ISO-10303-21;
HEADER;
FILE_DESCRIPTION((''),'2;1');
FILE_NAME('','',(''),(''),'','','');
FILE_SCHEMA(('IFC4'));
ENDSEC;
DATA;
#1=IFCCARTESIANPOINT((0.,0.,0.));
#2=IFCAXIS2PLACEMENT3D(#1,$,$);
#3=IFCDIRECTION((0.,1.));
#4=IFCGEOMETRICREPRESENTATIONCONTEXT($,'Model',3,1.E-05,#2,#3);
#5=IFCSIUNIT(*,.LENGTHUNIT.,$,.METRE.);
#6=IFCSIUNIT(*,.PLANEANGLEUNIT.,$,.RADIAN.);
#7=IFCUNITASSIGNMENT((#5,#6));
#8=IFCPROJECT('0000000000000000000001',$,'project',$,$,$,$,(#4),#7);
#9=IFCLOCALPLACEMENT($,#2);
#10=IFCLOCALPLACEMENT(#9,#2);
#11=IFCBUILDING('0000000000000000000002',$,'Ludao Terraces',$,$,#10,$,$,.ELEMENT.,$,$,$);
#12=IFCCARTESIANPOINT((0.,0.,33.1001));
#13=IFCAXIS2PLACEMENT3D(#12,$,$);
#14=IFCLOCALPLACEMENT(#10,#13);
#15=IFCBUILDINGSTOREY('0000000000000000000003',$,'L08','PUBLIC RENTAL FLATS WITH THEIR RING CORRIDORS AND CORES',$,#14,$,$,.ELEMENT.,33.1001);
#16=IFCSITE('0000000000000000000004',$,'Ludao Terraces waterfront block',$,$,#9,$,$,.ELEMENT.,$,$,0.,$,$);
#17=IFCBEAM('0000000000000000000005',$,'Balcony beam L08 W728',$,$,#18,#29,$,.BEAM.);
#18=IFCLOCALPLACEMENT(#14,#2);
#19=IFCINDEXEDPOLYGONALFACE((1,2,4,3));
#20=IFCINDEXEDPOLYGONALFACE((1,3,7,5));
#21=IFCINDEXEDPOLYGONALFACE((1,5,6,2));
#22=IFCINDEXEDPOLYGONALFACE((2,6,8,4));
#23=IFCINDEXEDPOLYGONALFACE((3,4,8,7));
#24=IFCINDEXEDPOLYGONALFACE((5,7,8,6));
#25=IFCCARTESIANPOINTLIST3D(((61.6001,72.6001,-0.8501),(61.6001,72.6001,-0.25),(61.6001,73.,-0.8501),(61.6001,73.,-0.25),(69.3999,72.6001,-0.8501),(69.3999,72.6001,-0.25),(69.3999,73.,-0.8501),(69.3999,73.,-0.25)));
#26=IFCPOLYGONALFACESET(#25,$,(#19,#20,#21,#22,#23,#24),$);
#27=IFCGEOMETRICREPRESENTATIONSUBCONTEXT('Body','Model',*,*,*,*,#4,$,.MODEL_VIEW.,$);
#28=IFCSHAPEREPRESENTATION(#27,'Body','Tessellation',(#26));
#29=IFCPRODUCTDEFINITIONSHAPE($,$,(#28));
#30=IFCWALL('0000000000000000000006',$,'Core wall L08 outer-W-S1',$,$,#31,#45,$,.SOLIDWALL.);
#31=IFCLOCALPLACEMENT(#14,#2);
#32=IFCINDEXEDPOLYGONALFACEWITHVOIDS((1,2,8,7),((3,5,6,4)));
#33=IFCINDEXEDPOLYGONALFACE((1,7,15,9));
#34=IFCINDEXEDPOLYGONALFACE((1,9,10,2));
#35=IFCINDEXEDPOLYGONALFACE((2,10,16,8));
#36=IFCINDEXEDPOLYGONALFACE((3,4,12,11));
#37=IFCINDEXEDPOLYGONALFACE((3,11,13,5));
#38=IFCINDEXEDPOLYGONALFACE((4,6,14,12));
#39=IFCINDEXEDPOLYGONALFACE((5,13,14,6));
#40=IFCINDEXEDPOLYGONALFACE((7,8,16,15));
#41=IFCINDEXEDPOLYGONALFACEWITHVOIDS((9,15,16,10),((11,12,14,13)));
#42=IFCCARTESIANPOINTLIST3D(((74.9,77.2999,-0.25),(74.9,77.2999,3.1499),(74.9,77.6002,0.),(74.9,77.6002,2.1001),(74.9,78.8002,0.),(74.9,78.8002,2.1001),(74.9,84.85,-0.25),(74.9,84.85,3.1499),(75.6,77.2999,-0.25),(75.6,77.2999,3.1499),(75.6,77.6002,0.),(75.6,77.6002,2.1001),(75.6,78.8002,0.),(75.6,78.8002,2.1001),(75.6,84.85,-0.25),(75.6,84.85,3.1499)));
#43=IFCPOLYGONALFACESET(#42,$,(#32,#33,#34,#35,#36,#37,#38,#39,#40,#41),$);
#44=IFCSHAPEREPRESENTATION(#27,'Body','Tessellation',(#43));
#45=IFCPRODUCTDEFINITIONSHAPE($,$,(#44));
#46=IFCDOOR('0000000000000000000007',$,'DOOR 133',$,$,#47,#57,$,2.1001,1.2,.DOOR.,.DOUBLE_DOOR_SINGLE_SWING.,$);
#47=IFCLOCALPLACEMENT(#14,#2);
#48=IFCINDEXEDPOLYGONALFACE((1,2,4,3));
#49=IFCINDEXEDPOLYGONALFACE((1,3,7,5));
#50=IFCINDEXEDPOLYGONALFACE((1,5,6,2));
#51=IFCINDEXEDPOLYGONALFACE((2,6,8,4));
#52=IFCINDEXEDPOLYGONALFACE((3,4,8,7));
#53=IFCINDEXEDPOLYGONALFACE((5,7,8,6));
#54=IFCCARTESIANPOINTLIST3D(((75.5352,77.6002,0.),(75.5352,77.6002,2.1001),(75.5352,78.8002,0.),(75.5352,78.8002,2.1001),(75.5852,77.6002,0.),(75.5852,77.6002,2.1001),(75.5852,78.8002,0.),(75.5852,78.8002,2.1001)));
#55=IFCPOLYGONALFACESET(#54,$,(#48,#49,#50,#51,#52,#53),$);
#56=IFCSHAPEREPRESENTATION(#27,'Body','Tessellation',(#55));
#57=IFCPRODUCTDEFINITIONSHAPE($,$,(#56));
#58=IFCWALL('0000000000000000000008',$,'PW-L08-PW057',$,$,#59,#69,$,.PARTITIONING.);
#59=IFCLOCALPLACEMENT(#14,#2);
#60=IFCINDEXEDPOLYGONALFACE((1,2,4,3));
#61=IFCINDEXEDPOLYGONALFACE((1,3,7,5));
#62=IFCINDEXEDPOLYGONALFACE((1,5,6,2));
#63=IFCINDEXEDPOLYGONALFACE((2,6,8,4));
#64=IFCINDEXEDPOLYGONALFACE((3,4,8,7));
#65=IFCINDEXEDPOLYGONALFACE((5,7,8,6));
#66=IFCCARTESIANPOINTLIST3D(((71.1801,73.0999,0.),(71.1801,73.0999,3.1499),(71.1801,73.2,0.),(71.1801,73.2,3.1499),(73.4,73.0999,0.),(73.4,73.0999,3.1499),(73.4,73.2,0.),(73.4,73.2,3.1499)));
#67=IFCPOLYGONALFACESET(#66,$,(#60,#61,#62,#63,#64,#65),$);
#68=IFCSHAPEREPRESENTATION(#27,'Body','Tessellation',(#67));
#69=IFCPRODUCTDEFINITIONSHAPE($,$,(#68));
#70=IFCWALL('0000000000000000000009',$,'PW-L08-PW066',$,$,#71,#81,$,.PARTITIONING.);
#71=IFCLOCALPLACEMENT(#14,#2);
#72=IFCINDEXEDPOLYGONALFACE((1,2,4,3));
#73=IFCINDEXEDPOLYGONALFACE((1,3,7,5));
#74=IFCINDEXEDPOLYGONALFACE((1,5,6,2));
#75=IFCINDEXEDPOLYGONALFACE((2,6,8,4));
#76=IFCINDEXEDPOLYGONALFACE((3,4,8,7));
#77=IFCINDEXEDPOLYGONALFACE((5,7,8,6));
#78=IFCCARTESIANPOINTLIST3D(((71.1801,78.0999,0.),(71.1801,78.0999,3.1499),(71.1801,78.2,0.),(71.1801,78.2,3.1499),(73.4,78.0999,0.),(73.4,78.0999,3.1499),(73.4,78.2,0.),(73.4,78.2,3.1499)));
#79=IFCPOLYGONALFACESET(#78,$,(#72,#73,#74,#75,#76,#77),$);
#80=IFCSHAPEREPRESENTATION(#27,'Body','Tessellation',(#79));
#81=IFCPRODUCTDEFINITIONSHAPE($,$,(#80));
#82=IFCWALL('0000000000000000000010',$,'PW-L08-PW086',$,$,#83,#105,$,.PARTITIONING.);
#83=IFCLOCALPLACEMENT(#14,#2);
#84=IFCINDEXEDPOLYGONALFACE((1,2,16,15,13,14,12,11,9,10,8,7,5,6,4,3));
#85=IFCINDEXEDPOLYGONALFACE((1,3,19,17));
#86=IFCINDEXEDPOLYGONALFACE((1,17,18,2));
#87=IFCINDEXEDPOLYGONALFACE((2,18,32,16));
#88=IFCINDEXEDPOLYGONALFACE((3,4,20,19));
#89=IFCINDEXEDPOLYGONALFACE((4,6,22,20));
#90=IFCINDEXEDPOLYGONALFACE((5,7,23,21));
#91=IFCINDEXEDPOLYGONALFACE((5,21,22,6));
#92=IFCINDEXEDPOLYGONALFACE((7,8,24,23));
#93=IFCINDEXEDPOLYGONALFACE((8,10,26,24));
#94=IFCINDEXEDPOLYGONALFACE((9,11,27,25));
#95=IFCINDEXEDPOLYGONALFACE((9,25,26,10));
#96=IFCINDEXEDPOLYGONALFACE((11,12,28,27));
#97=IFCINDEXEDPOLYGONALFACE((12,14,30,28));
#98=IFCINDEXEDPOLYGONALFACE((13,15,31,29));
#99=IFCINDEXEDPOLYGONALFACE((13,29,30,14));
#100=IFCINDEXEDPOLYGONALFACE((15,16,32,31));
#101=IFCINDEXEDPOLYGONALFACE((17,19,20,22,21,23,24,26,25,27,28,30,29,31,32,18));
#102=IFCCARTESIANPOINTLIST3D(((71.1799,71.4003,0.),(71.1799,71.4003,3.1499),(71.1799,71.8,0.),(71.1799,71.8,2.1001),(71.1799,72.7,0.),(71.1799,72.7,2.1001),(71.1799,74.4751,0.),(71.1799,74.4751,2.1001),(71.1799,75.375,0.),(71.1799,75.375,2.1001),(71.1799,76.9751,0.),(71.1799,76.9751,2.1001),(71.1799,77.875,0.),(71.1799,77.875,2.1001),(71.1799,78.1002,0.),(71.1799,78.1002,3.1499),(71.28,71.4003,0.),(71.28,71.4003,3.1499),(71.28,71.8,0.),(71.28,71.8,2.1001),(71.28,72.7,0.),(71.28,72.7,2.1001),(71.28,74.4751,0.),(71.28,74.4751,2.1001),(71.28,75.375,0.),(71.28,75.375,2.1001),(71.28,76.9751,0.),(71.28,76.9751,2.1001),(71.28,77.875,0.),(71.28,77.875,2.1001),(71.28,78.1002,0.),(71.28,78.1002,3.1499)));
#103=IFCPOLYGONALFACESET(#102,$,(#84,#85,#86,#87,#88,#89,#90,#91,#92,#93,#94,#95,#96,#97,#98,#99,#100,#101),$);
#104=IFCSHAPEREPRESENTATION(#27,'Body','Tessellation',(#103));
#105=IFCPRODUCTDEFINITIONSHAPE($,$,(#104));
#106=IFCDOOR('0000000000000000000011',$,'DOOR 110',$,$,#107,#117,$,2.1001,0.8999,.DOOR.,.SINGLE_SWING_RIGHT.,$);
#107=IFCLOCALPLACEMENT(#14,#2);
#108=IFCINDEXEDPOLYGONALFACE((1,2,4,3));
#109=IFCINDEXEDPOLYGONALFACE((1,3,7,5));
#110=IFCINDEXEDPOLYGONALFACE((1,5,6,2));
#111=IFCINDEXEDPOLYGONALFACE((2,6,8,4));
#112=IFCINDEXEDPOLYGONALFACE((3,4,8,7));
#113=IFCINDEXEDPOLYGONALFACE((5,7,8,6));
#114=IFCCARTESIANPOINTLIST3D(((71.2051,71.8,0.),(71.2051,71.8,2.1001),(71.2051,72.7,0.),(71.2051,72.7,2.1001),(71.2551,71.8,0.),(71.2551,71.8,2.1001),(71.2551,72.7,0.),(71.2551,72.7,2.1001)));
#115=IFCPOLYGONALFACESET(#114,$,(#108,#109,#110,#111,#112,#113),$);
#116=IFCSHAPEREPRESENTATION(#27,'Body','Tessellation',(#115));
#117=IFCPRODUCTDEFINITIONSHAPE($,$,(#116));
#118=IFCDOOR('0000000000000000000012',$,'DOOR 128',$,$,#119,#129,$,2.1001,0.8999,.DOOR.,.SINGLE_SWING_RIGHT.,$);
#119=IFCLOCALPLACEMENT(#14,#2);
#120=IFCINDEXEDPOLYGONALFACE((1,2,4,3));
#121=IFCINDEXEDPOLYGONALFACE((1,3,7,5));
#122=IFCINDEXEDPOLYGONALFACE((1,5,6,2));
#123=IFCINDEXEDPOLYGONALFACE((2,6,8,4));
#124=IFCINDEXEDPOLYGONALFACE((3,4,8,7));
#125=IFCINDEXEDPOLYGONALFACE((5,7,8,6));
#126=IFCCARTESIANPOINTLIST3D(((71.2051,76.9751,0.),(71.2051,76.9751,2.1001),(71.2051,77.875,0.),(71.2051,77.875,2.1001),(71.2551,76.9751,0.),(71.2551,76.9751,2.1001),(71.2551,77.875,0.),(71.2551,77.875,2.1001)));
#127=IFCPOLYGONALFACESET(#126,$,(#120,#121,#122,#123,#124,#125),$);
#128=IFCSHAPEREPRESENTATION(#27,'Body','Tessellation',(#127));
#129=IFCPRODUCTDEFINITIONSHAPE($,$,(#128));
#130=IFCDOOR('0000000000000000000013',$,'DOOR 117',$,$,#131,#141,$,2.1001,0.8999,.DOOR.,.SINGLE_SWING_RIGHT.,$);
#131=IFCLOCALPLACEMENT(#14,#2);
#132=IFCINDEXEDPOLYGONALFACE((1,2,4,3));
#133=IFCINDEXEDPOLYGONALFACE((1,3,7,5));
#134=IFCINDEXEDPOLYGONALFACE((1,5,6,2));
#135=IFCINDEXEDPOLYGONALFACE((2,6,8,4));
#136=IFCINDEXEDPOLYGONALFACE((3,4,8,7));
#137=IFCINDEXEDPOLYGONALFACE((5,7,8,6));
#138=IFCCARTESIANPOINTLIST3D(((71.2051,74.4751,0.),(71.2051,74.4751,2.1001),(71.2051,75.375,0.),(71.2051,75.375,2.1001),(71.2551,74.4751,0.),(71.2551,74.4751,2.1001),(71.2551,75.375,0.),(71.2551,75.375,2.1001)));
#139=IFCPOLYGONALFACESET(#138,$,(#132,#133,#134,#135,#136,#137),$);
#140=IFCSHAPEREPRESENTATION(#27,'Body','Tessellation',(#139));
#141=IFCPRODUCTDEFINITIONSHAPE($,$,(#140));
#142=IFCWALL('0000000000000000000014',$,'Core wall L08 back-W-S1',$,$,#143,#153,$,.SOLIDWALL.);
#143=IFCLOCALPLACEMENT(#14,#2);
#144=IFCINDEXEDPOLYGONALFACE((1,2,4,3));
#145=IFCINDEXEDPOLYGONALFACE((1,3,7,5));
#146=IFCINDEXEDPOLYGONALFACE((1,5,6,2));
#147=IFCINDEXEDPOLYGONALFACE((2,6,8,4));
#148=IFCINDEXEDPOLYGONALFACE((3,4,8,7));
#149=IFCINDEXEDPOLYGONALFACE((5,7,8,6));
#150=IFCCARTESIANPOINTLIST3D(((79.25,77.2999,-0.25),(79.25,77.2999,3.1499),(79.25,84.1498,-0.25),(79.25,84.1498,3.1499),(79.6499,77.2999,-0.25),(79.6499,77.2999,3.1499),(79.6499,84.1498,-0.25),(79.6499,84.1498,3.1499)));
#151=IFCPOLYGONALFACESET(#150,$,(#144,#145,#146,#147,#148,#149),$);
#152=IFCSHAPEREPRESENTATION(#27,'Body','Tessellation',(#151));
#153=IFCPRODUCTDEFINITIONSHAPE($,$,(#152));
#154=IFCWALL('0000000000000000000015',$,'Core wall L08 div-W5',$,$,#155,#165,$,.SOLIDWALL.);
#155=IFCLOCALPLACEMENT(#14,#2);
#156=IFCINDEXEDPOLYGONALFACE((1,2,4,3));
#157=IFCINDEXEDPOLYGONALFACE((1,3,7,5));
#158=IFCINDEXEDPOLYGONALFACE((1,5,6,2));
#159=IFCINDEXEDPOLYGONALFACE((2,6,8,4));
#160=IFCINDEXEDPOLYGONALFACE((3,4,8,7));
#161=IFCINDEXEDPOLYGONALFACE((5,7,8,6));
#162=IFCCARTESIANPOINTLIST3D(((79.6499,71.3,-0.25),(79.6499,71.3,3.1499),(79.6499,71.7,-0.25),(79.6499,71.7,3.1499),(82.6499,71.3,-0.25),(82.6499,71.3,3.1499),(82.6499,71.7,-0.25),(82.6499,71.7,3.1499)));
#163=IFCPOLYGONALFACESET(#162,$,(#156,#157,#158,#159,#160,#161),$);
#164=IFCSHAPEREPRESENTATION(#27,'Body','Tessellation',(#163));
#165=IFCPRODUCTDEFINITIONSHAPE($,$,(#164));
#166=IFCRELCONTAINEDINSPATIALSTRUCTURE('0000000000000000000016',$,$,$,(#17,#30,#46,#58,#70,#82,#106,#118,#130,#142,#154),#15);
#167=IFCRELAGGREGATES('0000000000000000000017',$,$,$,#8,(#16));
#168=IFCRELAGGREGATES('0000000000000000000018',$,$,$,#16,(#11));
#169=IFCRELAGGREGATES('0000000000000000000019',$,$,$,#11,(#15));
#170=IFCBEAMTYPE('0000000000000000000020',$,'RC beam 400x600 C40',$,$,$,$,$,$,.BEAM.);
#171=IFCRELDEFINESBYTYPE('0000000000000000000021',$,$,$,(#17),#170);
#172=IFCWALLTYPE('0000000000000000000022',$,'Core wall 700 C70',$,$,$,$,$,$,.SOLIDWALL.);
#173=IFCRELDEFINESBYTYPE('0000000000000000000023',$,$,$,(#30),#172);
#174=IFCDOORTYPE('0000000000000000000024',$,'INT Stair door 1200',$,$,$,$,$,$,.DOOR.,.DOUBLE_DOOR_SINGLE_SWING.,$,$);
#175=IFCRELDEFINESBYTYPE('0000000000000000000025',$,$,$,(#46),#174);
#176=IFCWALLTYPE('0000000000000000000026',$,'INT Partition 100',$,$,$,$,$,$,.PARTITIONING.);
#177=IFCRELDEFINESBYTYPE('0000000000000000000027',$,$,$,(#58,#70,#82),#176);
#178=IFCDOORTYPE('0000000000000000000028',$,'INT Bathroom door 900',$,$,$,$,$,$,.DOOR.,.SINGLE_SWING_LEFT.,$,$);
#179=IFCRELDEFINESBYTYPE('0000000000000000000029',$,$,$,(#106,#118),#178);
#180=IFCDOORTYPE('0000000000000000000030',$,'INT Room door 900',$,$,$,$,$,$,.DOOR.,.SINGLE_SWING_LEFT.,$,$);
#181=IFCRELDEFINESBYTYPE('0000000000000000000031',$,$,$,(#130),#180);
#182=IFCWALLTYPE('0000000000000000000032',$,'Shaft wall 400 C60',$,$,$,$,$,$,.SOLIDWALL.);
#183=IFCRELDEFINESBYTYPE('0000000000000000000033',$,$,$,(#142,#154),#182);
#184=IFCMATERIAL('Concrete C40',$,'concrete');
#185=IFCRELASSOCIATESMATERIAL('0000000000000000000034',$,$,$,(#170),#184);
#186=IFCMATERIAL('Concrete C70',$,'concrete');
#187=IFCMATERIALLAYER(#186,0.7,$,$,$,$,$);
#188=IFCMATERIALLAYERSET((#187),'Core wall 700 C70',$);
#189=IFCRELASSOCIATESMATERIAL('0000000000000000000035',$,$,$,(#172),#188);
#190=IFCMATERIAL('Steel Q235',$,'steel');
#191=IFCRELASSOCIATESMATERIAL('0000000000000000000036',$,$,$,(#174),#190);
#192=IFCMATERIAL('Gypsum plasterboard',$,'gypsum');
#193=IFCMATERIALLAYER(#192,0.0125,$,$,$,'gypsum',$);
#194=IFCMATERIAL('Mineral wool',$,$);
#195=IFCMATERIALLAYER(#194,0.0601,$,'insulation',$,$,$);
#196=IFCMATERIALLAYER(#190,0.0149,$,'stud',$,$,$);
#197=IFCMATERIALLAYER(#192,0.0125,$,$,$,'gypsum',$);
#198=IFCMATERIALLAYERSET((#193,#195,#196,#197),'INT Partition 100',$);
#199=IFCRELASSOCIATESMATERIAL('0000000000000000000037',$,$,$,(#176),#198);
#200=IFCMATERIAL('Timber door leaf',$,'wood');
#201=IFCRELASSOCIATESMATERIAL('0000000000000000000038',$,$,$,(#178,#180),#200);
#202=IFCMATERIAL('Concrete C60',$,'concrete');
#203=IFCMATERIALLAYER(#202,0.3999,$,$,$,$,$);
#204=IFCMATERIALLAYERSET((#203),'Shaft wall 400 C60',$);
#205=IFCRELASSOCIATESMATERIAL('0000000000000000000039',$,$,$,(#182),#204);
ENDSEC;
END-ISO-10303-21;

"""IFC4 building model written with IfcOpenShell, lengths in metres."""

from ifc_helpers import new_model, si_unit, direction, frame, frame_2d, origin, origin_2d, place, context, subcontext, project, spatial, rectangle, extrude, material, layer, layer_set, material_profile, profile_set, type_object, element, fill, save


model = new_model("IFC4")

# Units and contexts
model_context = context("Model", 3, precision=1e-05, world=origin(), true_north=direction((0.0, 1.0)))
body_context = subcontext(model_context, "Body", "Model", "MODEL_VIEW")
ifc_project = project(units=[si_unit("LENGTHUNIT", "METRE"), si_unit("PLANEANGLEUNIT", "RADIAN")], contexts=[model_context])

# Site, building, storey
site_placement = place(None, origin())
site = spatial("IfcSite", under=ifc_project, at=site_placement, Name="Ludao Terraces waterfront block", CompositionType="ELEMENT", RefElevation=0.0)
building_placement = place(site_placement, origin())
building = spatial("IfcBuilding", under=site, at=building_placement, Name="Ludao Terraces", CompositionType="ELEMENT")
storey_placement = place(building_placement, frame((0.0, 0.0, 33.1001)))
storey = spatial("IfcBuildingStorey", under=building, at=storey_placement, Name="L08", Description="PUBLIC RENTAL FLATS WITH THEIR RING CORRIDORS AND CORES", CompositionType="ELEMENT", Elevation=33.1001)

# Beam
ifc_material_1 = material(Name="Concrete C40", Category="concrete")
ifc_material_profile = material_profile(ifc_material_1, rectangle(XDim=0.3999, YDim=0.6001, at=origin_2d()), Name="400 X 600")
ifc_profile_set = profile_set([ifc_material_profile], Name="Concrete C40")
beam_type = type_object("IfcBeamType", Name="RC beam 400x600 C40", PredefinedType="BEAM", material=ifc_profile_set)
beam_placement = place(storey_placement, frame((69.3999, 72.8, -0.55), z_axis=(-1.0, 0.0, 0.0), x_axis=(0.0, -1.0, 0.0)))
element("IfcBeam", 1, at=beam_placement, inside=storey, type_object=beam_type, Name="Balcony beam L08 W728", PredefinedType="BEAM", context=body_context, shape_type="SweptSolid", body=[
    extrude(rectangle(XDim=0.3999, YDim=0.6001, at=origin_2d()), origin(), (0.0, 0.0, 1.0), 7.7998),
])

# Wall, opening, door
ifc_material_2 = material(Name="Concrete C70", Category="concrete")
ifc_layer_1 = layer(ifc_material_2, 0.7)
ifc_layer_set_1 = layer_set([ifc_layer_1], Name="Core wall 700 C70")
wall_type_1 = type_object("IfcWallType", Name="Core wall 700 C70", PredefinedType="SOLIDWALL", material=ifc_layer_set_1)
wall_1_placement = place(storey_placement, frame((75.25, 77.3, -0.25), z_axis=(0.0, 0.0, 1.0), x_axis=(0.0, 1.0, 0.0)))
wall_1 = element("IfcWall", 2, at=wall_1_placement, inside=storey, type_object=wall_type_1, Name="Core wall L08 outer-W-S1", PredefinedType="SOLIDWALL", context=body_context, shape_type="SweptSolid", body=[
    extrude(rectangle(XDim=7.55, YDim=0.7, at=frame_2d((3.7749, 0.0))), origin(), (0.0, 0.0, 1.0), 3.3999),
])
opening_1_placement = place(wall_1_placement, frame((0.3, 0.0, 0.25)))
opening_1 = element("IfcOpeningElement", 3, at=opening_1_placement, cuts=wall_1, PredefinedType="OPENING", context=body_context, shape_type="SweptSolid", body=[
    extrude(rectangle(XDim=1.2, YDim=2.1001, at=frame_2d((0.6001, 1.05))), frame((0.0, 0.3599, 0.0), z_axis=(0.0, -1.0, 0.0), x_axis=(1.0, 0.0, 0.0)), (0.0, 0.0, 1.0), 0.72),
])
ifc_material_3 = material(Name="Steel Q235", Category="steel")
door_type_1 = type_object("IfcDoorType", Name="INT Stair door 1200", OperationType="DOUBLE_DOOR_SINGLE_SWING", PredefinedType="DOOR", material=ifc_material_3)
door_1_placement = place(opening_1_placement, origin())
door_1 = element("IfcDoor", 4, at=door_1_placement, inside=storey, type_object=door_type_1, Name="DOOR 133", OperationType="DOUBLE_DOOR_SINGLE_SWING", OverallHeight=2.1001, OverallWidth=1.2, PredefinedType="DOOR", context=body_context, shape_type="SweptSolid", body=[
    extrude(rectangle(XDim=1.2, YDim=2.1001, at=frame_2d((0.6001, 1.05))), frame((0.0, -0.2852, 0.0), z_axis=(0.0, -1.0, 0.0), x_axis=(1.0, 0.0, 0.0)), (0.0, 0.0, 1.0), 0.05),
])
fill(opening_1, door_1)

# Walls
ifc_material_4 = material(Name="Gypsum plasterboard", Category="gypsum")
ifc_layer_2 = layer(ifc_material_4, 0.0125, Category="gypsum")
ifc_material_5 = material(Name="Mineral wool")
ifc_layer_3 = layer(ifc_material_5, 0.0601, Name="insulation")
ifc_layer_4 = layer(ifc_material_3, 0.0149, Name="stud")
ifc_layer_5 = layer(ifc_material_4, 0.0125, Category="gypsum")
ifc_layer_set_2 = layer_set([ifc_layer_2, ifc_layer_3, ifc_layer_4, ifc_layer_5], Name="INT Partition 100")
wall_type_2 = type_object("IfcWallType", Name="INT Partition 100", PredefinedType="PARTITIONING", material=ifc_layer_set_2)
for number, where, z_axis, x_axis, name in (
    (5, (71.1802, 73.1499, 0.0), (0.0, 0.0, 1.0), (1.0, 0.0, 0.0), "PW-L08-PW057"),
    (6, (71.1802, 78.1499, 0.0), (0.0, 0.0, 1.0), (1.0, 0.0, 0.0), "PW-L08-PW066"),
):
    element("IfcWall", number, at=place(storey_placement, frame(where, z_axis=z_axis, x_axis=x_axis)), inside=storey, type_object=wall_type_2, Name=name, PredefinedType="PARTITIONING", context=body_context, shape_type="SweptSolid", body=[
        extrude(rectangle(XDim=2.22, YDim=0.1001, at=frame_2d((1.1099, 0.0))), origin(), (0.0, 0.0, 1.0), 3.1499),
    ])

# Wall, openings, doors
wall_2_placement = place(storey_placement, frame((71.23, 71.4001, 0.0), z_axis=(0.0, 0.0, 1.0), x_axis=(0.0, 1.0, 0.0)))
wall_2 = element("IfcWall", 7, at=wall_2_placement, inside=storey, type_object=wall_type_2, Name="PW-L08-PW086", PredefinedType="PARTITIONING", context=body_context, shape_type="SweptSolid", body=[
    extrude(rectangle(XDim=6.7, YDim=0.1001, at=frame_2d((3.3501, 0.0))), origin(), (0.0, 0.0, 1.0), 3.1499),
])
opening_2_placement = place(wall_2_placement, frame((0.3999, 0.0, 0.0)))
opening_2 = element("IfcOpeningElement", 8, at=opening_2_placement, cuts=wall_2, PredefinedType="OPENING", context=body_context, shape_type="SweptSolid", body=[
    extrude(rectangle(XDim=0.8999, YDim=2.1001, at=frame_2d((0.45, 1.05))), frame((0.0, 0.0601, 0.0), z_axis=(0.0, -1.0, 0.0), x_axis=(1.0, 0.0, 0.0)), (0.0, 0.0, 1.0), 0.1201),
])
opening_3_placement = place(wall_2_placement, frame((3.075, 0.0, 0.0)))
opening_3 = element("IfcOpeningElement", 9, at=opening_3_placement, cuts=wall_2, PredefinedType="OPENING", context=body_context, shape_type="SweptSolid", body=[
    extrude(rectangle(XDim=0.8999, YDim=2.1001, at=frame_2d((0.45, 1.05))), frame((0.0, 0.0601, 0.0), z_axis=(0.0, -1.0, 0.0), x_axis=(1.0, 0.0, 0.0)), (0.0, 0.0, 1.0), 0.1201),
])
opening_4_placement = place(wall_2_placement, frame((5.575, 0.0, 0.0)))
opening_4 = element("IfcOpeningElement", 10, at=opening_4_placement, cuts=wall_2, PredefinedType="OPENING", context=body_context, shape_type="SweptSolid", body=[
    extrude(rectangle(XDim=0.8999, YDim=2.1001, at=frame_2d((0.45, 1.05))), frame((0.0, 0.0601, 0.0), z_axis=(0.0, -1.0, 0.0), x_axis=(1.0, 0.0, 0.0)), (0.0, 0.0, 1.0), 0.1201),
])
ifc_material_6 = material(Name="Timber door leaf", Category="wood")
door_type_2 = type_object("IfcDoorType", Name="INT Bathroom door 900", OperationType="SINGLE_SWING_LEFT", PredefinedType="DOOR", material=ifc_material_6)
door_2_placement = place(opening_2_placement, origin())
door_2 = element("IfcDoor", 11, at=door_2_placement, inside=storey, type_object=door_type_2, Name="DOOR 110", OperationType="SINGLE_SWING_RIGHT", OverallHeight=2.1001, OverallWidth=0.8999, PredefinedType="DOOR", context=body_context, shape_type="SweptSolid", body=[
    extrude(rectangle(XDim=0.8999, YDim=2.1001, at=frame_2d((0.45, 1.05))), frame((0.0, 0.0249, 0.0), z_axis=(0.0, -1.0, 0.0), x_axis=(1.0, 0.0, 0.0)), (0.0, 0.0, 1.0), 0.05),
])
fill(opening_2, door_2)
door_3_placement = place(opening_4_placement, origin())
door_3 = element("IfcDoor", 12, at=door_3_placement, inside=storey, type_object=door_type_2, Name="DOOR 128", OperationType="SINGLE_SWING_RIGHT", OverallHeight=2.1001, OverallWidth=0.8999, PredefinedType="DOOR", context=body_context, shape_type="SweptSolid", body=[
    extrude(rectangle(XDim=0.8999, YDim=2.1001, at=frame_2d((0.45, 1.05))), frame((0.0, 0.0249, 0.0), z_axis=(0.0, -1.0, 0.0), x_axis=(1.0, 0.0, 0.0)), (0.0, 0.0, 1.0), 0.05),
])
fill(opening_4, door_3)
door_type_3 = type_object("IfcDoorType", Name="INT Room door 900", OperationType="SINGLE_SWING_LEFT", PredefinedType="DOOR", material=ifc_material_6)
door_4_placement = place(opening_3_placement, origin())
door_4 = element("IfcDoor", 13, at=door_4_placement, inside=storey, type_object=door_type_3, Name="DOOR 117", OperationType="SINGLE_SWING_RIGHT", OverallHeight=2.1001, OverallWidth=0.8999, PredefinedType="DOOR", context=body_context, shape_type="SweptSolid", body=[
    extrude(rectangle(XDim=0.8999, YDim=2.1001, at=frame_2d((0.45, 1.05))), frame((0.0, 0.0249, 0.0), z_axis=(0.0, -1.0, 0.0), x_axis=(1.0, 0.0, 0.0)), (0.0, 0.0, 1.0), 0.05),
])
fill(opening_3, door_4)

# Walls
ifc_material_7 = material(Name="Concrete C60", Category="concrete")
ifc_layer_6 = layer(ifc_material_7, 0.3999)
ifc_layer_set_3 = layer_set([ifc_layer_6], Name="Shaft wall 400 C60")
wall_type_3 = type_object("IfcWallType", Name="Shaft wall 400 C60", PredefinedType="SOLIDWALL", material=ifc_layer_set_3)
wall_3_placement = place(storey_placement, frame((79.45, 77.3, -0.25), z_axis=(0.0, 0.0, 1.0), x_axis=(0.0, 1.0, 0.0)))
element("IfcWall", 14, at=wall_3_placement, inside=storey, type_object=wall_type_3, Name="Core wall L08 back-W-S1", PredefinedType="SOLIDWALL", context=body_context, shape_type="SweptSolid", body=[
    extrude(rectangle(XDim=6.8499, YDim=0.3999, at=frame_2d((3.4248, 0.0))), origin(), (0.0, 0.0, 1.0), 3.3999),
])
wall_4_placement = place(storey_placement, frame((79.6499, 71.5, -0.25), z_axis=(0.0, 0.0, 1.0), x_axis=(1.0, 0.0, 0.0)))
element("IfcWall", 15, at=wall_4_placement, inside=storey, type_object=wall_type_3, Name="Core wall L08 div-W5", PredefinedType="SOLIDWALL", context=body_context, shape_type="SweptSolid", body=[
    extrude(rectangle(XDim=3.0, YDim=0.3999, at=frame_2d((1.5, 0.0))), origin(), (0.0, 0.0, 1.0), 3.3999),
])

save(model, "model.ifc")
